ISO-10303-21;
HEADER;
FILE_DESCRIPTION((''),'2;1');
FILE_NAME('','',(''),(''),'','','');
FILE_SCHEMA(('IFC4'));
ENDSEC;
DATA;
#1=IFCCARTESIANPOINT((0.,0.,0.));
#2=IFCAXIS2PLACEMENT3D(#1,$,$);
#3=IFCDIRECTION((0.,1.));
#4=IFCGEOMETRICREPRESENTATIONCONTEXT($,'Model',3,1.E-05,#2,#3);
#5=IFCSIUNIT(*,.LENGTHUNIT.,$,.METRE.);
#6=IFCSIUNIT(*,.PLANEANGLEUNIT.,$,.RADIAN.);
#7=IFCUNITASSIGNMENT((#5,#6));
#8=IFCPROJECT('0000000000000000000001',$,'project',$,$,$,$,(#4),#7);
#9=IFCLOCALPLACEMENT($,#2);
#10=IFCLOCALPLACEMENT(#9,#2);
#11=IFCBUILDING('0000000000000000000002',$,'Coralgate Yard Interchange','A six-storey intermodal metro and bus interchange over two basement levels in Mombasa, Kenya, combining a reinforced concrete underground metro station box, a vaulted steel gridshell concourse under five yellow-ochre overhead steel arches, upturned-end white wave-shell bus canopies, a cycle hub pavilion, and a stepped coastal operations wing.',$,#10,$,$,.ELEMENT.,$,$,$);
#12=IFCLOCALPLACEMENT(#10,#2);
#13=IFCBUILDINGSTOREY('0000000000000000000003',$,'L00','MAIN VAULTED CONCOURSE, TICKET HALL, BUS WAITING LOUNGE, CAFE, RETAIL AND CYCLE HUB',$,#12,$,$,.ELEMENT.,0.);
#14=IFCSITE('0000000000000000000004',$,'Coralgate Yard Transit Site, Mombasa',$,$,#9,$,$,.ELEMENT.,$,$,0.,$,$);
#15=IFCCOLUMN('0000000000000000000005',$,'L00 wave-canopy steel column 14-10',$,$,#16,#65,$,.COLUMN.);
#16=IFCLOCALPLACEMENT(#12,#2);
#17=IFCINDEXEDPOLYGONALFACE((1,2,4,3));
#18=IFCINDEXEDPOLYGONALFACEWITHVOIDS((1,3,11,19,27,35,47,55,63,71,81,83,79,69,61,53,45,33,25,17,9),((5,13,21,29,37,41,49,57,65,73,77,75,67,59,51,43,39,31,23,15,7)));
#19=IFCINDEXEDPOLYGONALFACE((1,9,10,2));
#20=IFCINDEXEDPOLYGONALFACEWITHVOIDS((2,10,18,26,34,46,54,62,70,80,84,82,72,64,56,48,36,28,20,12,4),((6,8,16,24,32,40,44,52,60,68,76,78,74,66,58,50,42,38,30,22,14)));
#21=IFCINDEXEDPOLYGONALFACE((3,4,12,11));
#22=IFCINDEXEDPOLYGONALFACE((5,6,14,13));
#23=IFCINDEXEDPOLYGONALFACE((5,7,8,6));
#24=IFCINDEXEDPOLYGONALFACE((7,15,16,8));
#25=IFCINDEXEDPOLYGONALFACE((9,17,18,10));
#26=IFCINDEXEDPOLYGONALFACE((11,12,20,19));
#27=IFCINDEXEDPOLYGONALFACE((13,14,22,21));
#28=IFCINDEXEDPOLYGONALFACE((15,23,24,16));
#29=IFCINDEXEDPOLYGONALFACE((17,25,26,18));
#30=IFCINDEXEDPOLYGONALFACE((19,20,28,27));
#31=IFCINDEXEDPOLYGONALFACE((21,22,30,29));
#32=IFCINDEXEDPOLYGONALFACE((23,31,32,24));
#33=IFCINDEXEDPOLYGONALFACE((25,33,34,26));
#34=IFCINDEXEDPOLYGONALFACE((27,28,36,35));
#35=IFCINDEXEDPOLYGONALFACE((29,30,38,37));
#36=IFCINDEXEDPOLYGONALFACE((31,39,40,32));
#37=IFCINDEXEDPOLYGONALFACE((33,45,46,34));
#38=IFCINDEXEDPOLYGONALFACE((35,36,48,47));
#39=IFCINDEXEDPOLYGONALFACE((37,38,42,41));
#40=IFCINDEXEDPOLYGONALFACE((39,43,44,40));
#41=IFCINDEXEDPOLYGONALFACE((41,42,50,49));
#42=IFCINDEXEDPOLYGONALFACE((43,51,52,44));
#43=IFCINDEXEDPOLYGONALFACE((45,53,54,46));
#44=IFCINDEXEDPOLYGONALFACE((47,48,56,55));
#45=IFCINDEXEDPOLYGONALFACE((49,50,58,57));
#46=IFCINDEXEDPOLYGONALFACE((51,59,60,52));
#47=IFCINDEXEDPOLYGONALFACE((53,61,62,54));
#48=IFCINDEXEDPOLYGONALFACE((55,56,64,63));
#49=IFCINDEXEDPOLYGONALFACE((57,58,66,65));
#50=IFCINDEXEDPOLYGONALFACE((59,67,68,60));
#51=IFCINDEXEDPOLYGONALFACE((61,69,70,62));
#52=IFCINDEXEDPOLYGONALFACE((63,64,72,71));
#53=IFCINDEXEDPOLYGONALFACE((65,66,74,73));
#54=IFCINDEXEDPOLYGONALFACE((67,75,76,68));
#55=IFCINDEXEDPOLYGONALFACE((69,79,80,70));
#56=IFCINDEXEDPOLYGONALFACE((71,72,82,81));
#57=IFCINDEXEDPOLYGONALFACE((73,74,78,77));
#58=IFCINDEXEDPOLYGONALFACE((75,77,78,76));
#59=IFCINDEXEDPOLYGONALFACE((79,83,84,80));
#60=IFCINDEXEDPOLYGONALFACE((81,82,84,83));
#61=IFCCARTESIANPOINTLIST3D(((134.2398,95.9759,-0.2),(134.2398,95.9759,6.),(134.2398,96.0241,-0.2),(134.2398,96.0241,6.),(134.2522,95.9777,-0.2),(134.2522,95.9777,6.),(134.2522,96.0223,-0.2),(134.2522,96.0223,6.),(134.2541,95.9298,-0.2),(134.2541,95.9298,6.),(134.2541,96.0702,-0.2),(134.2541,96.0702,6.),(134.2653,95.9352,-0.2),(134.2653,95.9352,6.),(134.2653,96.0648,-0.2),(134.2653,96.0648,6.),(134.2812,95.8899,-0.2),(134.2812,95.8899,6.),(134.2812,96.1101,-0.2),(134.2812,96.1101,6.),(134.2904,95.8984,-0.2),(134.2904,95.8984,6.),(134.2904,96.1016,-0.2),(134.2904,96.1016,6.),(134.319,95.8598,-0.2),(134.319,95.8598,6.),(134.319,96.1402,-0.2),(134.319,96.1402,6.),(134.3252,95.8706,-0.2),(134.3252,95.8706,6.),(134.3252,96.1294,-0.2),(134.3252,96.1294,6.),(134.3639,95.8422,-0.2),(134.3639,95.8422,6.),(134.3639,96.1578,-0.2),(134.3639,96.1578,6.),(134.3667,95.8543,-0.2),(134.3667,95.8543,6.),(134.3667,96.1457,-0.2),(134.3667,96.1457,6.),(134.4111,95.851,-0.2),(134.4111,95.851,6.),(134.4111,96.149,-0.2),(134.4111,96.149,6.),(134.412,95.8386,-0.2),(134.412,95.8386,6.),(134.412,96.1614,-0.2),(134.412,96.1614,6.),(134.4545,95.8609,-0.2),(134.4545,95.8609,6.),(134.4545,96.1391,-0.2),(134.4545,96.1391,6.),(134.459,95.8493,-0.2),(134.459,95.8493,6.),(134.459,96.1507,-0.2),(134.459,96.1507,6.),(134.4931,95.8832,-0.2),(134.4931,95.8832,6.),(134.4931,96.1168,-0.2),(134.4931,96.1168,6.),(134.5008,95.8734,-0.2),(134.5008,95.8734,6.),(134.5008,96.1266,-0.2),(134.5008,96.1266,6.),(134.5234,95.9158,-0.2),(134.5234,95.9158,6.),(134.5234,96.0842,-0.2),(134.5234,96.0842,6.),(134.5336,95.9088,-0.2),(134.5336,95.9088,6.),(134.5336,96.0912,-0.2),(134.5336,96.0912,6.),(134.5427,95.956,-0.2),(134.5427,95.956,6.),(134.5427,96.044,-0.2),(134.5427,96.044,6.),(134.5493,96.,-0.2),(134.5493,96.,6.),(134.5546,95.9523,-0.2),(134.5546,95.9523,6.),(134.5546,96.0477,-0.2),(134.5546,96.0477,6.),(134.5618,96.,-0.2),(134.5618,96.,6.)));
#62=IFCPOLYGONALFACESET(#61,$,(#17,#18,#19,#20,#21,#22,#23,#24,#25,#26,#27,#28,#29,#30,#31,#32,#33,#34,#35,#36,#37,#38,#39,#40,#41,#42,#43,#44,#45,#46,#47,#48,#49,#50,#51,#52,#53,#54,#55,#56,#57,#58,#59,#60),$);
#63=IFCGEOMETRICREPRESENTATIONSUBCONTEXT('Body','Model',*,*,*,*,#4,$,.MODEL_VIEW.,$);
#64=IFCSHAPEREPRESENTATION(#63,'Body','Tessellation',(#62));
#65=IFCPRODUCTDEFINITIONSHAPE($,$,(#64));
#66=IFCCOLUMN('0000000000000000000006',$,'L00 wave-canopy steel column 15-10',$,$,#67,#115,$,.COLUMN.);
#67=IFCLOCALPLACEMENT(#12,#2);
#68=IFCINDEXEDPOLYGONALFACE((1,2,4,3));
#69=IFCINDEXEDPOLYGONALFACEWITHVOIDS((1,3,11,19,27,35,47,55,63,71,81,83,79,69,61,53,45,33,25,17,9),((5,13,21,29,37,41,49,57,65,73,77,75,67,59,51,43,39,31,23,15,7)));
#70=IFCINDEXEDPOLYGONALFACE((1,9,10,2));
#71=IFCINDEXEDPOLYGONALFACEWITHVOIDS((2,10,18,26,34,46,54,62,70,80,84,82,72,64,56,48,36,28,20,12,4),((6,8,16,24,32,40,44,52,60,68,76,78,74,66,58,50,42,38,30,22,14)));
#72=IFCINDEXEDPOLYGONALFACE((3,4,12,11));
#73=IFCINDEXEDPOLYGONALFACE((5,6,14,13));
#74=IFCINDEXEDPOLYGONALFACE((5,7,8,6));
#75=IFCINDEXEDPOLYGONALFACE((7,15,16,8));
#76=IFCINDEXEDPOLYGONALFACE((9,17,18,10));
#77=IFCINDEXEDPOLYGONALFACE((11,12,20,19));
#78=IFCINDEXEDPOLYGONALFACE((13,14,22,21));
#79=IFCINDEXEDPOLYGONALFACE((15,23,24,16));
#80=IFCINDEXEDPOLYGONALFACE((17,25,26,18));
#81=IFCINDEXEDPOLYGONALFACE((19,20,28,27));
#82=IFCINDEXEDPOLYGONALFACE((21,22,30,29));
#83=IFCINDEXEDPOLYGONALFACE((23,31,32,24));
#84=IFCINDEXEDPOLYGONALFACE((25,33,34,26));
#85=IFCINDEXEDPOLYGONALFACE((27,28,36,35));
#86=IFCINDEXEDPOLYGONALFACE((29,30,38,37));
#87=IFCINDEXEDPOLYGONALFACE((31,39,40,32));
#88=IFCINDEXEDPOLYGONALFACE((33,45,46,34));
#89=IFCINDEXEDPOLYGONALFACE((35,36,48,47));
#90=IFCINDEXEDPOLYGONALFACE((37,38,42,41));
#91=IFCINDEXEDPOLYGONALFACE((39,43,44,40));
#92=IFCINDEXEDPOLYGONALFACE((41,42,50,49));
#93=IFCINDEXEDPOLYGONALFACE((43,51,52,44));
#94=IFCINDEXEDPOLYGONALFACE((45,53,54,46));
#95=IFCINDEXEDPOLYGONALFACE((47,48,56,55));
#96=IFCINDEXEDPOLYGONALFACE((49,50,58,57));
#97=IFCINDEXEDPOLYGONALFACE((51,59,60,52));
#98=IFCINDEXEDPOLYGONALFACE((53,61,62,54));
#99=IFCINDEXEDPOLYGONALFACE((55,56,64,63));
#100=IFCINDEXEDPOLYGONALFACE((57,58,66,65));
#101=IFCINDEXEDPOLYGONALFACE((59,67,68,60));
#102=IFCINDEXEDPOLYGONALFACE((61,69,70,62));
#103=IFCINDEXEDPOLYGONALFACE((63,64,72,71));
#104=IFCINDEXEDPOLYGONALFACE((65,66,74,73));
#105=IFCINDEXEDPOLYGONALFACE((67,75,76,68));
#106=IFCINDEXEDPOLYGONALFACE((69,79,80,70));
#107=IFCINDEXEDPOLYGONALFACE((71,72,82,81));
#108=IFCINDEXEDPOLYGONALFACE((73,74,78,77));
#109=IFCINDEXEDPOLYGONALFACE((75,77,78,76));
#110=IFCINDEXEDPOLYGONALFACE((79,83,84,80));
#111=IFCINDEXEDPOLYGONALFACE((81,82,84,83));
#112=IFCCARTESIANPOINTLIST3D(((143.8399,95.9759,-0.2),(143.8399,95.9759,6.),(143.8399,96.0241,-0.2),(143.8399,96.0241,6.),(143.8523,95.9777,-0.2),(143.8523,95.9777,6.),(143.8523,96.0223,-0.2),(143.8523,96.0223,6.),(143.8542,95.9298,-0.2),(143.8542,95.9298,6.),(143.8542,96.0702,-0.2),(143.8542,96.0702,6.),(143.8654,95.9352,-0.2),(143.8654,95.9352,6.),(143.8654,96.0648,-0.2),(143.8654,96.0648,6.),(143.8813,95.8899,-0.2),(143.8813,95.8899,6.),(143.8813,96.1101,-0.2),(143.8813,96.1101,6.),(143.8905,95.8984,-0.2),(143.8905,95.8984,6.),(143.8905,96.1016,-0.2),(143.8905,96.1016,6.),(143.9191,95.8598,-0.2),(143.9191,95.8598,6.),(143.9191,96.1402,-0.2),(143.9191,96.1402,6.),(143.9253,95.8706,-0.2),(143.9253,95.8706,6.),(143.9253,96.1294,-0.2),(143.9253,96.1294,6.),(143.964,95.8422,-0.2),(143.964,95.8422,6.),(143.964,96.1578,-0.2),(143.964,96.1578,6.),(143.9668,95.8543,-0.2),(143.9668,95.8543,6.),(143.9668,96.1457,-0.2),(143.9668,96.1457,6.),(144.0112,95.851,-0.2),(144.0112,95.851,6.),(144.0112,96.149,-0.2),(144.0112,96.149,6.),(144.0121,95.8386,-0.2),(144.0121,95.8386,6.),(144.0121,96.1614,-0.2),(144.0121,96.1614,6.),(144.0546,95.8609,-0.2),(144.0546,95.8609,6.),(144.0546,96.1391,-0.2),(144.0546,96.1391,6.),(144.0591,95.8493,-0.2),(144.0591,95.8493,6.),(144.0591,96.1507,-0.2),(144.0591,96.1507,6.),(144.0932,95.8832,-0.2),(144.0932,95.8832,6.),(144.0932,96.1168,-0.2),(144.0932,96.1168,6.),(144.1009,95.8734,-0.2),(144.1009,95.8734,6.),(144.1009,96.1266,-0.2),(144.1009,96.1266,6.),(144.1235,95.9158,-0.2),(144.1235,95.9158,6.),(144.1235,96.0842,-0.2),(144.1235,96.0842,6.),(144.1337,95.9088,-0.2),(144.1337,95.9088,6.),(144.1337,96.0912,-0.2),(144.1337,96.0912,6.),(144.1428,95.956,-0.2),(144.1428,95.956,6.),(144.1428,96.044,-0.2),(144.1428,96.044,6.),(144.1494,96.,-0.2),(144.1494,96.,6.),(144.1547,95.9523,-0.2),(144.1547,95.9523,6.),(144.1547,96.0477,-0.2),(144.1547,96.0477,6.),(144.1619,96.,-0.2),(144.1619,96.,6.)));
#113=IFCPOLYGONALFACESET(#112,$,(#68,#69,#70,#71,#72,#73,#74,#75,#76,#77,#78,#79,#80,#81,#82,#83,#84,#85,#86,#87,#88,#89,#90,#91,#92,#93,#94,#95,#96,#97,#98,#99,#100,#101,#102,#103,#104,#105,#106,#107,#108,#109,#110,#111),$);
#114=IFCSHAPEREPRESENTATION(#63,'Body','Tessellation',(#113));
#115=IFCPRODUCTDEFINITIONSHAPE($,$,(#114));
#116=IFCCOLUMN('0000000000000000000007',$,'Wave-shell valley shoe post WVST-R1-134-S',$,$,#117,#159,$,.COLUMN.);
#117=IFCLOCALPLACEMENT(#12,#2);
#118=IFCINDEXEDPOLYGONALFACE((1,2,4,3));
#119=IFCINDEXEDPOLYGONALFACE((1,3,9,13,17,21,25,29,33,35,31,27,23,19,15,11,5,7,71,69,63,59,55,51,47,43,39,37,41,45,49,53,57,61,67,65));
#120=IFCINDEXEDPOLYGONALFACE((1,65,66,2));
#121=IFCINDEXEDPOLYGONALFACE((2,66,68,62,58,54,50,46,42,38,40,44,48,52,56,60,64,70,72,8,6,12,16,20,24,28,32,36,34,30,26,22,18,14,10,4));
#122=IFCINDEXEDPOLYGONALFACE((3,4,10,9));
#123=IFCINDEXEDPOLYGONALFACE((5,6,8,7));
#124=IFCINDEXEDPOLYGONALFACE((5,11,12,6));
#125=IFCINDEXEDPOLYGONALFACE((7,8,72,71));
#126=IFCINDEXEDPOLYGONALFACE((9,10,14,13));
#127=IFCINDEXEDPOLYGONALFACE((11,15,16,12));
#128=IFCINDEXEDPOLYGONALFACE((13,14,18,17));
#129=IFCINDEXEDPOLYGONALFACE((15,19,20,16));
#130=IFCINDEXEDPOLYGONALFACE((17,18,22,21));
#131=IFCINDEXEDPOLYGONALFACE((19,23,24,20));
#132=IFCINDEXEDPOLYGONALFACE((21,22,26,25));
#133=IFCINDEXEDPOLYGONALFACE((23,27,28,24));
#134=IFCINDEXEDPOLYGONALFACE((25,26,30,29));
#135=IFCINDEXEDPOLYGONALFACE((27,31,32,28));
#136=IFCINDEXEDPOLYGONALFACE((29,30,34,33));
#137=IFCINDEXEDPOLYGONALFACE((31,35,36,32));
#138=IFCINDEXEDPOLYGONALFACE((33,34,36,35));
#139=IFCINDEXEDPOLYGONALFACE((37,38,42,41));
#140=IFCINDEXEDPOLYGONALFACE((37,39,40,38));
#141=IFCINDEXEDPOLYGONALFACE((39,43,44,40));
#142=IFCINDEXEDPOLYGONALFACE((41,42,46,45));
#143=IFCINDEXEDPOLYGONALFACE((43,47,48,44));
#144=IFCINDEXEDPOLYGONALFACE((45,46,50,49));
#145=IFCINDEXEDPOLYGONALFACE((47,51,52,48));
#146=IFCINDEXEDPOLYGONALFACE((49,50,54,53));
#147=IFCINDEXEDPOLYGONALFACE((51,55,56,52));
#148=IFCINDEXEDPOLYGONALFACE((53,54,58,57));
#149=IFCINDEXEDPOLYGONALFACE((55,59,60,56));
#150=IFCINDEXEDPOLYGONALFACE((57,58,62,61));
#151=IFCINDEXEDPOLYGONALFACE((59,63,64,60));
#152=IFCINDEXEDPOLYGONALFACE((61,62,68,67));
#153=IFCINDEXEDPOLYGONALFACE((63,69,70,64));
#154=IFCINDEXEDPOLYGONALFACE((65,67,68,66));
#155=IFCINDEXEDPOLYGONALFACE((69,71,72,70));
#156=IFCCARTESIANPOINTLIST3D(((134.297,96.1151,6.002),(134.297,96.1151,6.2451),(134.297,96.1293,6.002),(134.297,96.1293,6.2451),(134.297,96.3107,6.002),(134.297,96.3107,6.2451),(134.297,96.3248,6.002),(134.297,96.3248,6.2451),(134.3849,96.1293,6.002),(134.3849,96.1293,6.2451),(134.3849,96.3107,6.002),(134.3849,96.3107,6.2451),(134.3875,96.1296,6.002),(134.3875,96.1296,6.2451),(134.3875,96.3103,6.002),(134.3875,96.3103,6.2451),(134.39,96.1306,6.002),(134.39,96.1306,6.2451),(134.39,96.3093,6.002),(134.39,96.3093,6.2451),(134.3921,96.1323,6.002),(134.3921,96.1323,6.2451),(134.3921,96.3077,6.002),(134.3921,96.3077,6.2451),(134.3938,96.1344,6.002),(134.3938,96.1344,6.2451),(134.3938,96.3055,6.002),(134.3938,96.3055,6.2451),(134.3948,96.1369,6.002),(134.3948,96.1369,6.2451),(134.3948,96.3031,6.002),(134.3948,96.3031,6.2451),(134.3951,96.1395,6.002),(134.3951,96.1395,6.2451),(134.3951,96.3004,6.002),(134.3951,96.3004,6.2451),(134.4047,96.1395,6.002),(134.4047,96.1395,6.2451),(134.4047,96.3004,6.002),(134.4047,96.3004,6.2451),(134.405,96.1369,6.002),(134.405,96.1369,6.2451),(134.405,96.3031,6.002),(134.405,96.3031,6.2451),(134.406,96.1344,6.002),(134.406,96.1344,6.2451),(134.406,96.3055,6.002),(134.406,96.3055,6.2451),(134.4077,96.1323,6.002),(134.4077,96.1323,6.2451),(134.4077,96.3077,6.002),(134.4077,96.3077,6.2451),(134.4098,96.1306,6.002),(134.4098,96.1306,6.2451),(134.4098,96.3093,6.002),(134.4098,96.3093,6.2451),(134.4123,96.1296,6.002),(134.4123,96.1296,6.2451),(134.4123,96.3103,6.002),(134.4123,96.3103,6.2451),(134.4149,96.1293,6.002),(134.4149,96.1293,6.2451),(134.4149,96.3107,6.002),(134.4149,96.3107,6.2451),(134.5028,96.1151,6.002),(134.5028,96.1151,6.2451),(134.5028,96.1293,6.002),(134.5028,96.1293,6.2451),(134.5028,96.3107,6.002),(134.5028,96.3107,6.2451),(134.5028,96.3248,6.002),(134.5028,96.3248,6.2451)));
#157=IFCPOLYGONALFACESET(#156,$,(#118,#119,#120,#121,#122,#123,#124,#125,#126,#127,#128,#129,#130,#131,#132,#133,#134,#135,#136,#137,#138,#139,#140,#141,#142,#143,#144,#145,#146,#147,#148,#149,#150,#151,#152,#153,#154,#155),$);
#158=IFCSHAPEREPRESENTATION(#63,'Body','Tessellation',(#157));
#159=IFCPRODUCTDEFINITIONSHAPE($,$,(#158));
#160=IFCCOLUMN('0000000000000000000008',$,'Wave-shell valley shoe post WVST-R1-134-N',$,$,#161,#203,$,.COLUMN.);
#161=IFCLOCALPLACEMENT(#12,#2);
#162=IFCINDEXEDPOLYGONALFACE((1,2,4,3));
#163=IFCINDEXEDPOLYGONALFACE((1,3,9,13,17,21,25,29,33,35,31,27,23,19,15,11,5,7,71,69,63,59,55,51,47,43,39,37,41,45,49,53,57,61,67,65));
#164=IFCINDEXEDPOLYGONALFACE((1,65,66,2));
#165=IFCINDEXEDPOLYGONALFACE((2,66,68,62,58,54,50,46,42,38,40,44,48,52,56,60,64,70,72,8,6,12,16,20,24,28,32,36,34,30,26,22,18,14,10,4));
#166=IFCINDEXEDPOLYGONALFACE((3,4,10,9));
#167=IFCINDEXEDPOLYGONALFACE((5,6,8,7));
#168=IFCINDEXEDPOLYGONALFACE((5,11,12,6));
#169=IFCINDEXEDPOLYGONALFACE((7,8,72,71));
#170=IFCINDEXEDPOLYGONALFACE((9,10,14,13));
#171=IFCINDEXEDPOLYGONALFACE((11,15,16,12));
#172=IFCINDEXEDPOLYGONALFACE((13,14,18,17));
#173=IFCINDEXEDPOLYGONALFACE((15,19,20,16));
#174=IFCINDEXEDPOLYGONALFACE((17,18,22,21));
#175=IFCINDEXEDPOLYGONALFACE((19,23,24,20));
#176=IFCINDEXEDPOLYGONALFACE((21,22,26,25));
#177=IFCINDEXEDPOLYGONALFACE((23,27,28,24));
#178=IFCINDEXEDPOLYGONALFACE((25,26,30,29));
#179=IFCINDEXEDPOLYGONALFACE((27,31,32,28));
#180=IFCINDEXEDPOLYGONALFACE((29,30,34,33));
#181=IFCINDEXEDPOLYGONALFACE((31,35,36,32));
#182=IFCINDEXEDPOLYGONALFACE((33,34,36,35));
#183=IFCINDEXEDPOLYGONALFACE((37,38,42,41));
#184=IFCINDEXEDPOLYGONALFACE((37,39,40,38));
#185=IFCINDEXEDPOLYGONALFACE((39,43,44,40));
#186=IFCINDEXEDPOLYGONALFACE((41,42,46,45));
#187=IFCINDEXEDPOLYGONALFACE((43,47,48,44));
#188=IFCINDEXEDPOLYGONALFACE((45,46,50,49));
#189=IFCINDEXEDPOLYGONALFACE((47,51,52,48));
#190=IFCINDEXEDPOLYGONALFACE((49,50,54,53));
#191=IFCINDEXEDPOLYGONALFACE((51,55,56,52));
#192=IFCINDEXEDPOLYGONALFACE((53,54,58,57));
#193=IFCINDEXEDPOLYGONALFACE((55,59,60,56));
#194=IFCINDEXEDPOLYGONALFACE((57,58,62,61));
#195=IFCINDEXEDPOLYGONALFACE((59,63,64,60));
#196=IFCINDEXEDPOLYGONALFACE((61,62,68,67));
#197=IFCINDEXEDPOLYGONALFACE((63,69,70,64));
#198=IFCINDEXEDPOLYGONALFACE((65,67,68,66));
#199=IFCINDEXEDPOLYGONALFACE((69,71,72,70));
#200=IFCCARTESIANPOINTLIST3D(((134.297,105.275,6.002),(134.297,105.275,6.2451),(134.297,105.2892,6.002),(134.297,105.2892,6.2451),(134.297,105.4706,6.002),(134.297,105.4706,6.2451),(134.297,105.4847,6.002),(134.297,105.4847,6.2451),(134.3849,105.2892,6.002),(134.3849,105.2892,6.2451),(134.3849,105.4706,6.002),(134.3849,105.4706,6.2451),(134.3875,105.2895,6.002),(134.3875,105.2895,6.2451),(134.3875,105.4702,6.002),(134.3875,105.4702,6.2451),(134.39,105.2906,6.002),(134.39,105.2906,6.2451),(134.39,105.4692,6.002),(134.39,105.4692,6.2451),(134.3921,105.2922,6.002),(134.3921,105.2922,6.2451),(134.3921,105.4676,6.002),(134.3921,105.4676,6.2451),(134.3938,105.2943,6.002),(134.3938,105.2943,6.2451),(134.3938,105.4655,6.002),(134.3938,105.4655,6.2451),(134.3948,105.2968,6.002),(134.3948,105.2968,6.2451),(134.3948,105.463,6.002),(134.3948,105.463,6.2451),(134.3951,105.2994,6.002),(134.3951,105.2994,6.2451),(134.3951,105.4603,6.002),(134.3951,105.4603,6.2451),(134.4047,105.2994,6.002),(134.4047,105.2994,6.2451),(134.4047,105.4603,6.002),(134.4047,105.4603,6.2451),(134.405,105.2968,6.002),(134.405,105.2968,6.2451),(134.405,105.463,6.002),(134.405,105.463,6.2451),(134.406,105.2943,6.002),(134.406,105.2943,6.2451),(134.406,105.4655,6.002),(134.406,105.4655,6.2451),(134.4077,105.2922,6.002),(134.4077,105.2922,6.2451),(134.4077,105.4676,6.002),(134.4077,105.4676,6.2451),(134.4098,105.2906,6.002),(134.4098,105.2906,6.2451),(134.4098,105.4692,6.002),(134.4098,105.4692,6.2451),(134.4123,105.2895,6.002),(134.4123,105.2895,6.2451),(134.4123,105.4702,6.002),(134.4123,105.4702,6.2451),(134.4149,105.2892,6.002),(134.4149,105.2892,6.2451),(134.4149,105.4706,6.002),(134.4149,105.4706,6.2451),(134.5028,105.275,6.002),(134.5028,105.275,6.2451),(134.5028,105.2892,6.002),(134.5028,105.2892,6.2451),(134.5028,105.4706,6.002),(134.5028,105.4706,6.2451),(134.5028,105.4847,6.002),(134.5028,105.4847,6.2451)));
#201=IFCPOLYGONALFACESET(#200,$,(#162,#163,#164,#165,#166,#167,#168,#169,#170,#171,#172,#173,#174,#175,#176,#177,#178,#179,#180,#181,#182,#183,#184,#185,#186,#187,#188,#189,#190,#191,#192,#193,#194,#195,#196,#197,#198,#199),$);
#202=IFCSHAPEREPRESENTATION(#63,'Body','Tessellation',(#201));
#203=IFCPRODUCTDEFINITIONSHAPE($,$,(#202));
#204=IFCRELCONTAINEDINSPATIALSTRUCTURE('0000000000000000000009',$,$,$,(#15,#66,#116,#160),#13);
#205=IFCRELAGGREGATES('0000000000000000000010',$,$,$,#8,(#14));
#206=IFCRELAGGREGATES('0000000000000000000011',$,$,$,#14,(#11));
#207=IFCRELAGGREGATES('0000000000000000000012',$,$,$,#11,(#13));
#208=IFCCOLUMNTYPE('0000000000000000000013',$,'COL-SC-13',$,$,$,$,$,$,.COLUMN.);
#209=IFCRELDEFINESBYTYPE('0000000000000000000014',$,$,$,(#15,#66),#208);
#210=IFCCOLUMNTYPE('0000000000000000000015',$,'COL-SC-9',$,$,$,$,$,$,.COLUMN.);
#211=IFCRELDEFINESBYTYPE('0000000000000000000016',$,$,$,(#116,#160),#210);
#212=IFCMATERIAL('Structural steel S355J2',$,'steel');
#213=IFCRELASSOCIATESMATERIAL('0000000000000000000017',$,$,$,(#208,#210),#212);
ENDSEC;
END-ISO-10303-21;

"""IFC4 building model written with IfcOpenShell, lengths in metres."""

from ifc_helpers import new_model, si_unit, direction, frame, origin, origin_2d, place, context, subcontext, project, spatial, hollow_circle, i_section, extrude, material, material_profile, profile_set, type_object, element, save


model = new_model("IFC4")

# Units and contexts
model_context = context("Model", 3, precision=1e-05, world=origin(), true_north=direction((0.0, 1.0)))
body_context = subcontext(model_context, "Body", "Model", "MODEL_VIEW")
ifc_project = project(units=[si_unit("LENGTHUNIT", "METRE"), si_unit("PLANEANGLEUNIT", "RADIAN")], contexts=[model_context])

# Site, building, storey
site_placement = place(None, origin())
site = spatial("IfcSite", under=ifc_project, at=site_placement, Name="Coralgate Yard Transit Site, Mombasa", CompositionType="ELEMENT", RefElevation=0.0)
building_placement = place(site_placement, origin())
building = spatial("IfcBuilding", under=site, at=building_placement, Name="Coralgate Yard Interchange", Description="A six-storey intermodal metro and bus interchange over two basement levels in Mombasa, Kenya, combining a reinforced concrete underground metro station box, a vaulted steel gridshell concourse under five yellow-ochre overhead steel arches, upturned-end white wave-shell bus canopies, a cycle hub pavilion, and a stepped coastal operations wing.", CompositionType="ELEMENT")
storey_placement = place(building_placement, origin())
storey = spatial("IfcBuildingStorey", under=building, at=storey_placement, Name="L00", Description="MAIN VAULTED CONCOURSE, TICKET HALL, BUS WAITING LOUNGE, CAFE, RETAIL AND CYCLE HUB", CompositionType="ELEMENT", Elevation=0.0)

# Columns
ifc_material_1 = material(Name="Structural steel S355J2", Category="steel")
ifc_material_profile_1 = material_profile(ifc_material_1, hollow_circle(Radius=0.1619, WallThickness=0.0125, at=origin_2d()), Name="CHS 323.9x12.5")
ifc_profile_set_1 = profile_set([ifc_material_profile_1], Name="Structural steel S355J2")
column_type_1 = type_object("IfcColumnType", Name="COL-SC-13", PredefinedType="COLUMN", material=ifc_profile_set_1)
for number, where, z_axis, x_axis, name in (
    (1, (134.3999, 96.0, -0.2), (0.0, 0.0, 1.0), (1.0, 0.0, 0.0), "L00 wave-canopy steel column 14-10"),
    (2, (144.0, 96.0, -0.2), (0.0, 0.0, 1.0), (1.0, 0.0, 0.0), "L00 wave-canopy steel column 15-10"),
):
    element("IfcColumn", number, at=place(storey_placement, frame(where, z_axis=z_axis, x_axis=x_axis)), inside=storey, type_object=column_type_1, Name=name, PredefinedType="COLUMN", context=body_context, shape_type="SweptSolid", body=[
        extrude(hollow_circle(Radius=0.1619, WallThickness=0.0125, at=origin_2d()), origin(), (0.0, 0.0, 1.0), 6.2),
    ])
ifc_material_profile_2 = material_profile(ifc_material_1, i_section(OverallWidth=0.2058, OverallDepth=0.2097, WebThickness=0.0095, FlangeThickness=0.0142, FilletRadius=0.0103, at=origin_2d()), Name="UC 203x203x60")
ifc_profile_set_2 = profile_set([ifc_material_profile_2], Name="Structural steel S355J2")
column_type_2 = type_object("IfcColumnType", Name="COL-SC-9", PredefinedType="COLUMN", material=ifc_profile_set_2)
for number, where, z_axis, x_axis, name in (
    (3, (134.3999, 96.22, 6.002), (0.0, 0.0, 1.0), (1.0, 0.0, 0.0), "Wave-shell valley shoe post WVST-R1-134-S"),
    (4, (134.3999, 105.3799, 6.002), (0.0, 0.0, 1.0), (1.0, 0.0, 0.0), "Wave-shell valley shoe post WVST-R1-134-N"),
):
    element("IfcColumn", number, at=place(storey_placement, frame(where, z_axis=z_axis, x_axis=x_axis)), inside=storey, type_object=column_type_2, Name=name, PredefinedType="COLUMN", context=body_context, shape_type="SweptSolid", body=[
        extrude(i_section(OverallWidth=0.2058, OverallDepth=0.2097, WebThickness=0.0095, FlangeThickness=0.0142, FilletRadius=0.0103, at=origin_2d()), origin(), (0.0, 0.0, 1.0), 0.2432),
    ])

save(model, "model.ifc")
